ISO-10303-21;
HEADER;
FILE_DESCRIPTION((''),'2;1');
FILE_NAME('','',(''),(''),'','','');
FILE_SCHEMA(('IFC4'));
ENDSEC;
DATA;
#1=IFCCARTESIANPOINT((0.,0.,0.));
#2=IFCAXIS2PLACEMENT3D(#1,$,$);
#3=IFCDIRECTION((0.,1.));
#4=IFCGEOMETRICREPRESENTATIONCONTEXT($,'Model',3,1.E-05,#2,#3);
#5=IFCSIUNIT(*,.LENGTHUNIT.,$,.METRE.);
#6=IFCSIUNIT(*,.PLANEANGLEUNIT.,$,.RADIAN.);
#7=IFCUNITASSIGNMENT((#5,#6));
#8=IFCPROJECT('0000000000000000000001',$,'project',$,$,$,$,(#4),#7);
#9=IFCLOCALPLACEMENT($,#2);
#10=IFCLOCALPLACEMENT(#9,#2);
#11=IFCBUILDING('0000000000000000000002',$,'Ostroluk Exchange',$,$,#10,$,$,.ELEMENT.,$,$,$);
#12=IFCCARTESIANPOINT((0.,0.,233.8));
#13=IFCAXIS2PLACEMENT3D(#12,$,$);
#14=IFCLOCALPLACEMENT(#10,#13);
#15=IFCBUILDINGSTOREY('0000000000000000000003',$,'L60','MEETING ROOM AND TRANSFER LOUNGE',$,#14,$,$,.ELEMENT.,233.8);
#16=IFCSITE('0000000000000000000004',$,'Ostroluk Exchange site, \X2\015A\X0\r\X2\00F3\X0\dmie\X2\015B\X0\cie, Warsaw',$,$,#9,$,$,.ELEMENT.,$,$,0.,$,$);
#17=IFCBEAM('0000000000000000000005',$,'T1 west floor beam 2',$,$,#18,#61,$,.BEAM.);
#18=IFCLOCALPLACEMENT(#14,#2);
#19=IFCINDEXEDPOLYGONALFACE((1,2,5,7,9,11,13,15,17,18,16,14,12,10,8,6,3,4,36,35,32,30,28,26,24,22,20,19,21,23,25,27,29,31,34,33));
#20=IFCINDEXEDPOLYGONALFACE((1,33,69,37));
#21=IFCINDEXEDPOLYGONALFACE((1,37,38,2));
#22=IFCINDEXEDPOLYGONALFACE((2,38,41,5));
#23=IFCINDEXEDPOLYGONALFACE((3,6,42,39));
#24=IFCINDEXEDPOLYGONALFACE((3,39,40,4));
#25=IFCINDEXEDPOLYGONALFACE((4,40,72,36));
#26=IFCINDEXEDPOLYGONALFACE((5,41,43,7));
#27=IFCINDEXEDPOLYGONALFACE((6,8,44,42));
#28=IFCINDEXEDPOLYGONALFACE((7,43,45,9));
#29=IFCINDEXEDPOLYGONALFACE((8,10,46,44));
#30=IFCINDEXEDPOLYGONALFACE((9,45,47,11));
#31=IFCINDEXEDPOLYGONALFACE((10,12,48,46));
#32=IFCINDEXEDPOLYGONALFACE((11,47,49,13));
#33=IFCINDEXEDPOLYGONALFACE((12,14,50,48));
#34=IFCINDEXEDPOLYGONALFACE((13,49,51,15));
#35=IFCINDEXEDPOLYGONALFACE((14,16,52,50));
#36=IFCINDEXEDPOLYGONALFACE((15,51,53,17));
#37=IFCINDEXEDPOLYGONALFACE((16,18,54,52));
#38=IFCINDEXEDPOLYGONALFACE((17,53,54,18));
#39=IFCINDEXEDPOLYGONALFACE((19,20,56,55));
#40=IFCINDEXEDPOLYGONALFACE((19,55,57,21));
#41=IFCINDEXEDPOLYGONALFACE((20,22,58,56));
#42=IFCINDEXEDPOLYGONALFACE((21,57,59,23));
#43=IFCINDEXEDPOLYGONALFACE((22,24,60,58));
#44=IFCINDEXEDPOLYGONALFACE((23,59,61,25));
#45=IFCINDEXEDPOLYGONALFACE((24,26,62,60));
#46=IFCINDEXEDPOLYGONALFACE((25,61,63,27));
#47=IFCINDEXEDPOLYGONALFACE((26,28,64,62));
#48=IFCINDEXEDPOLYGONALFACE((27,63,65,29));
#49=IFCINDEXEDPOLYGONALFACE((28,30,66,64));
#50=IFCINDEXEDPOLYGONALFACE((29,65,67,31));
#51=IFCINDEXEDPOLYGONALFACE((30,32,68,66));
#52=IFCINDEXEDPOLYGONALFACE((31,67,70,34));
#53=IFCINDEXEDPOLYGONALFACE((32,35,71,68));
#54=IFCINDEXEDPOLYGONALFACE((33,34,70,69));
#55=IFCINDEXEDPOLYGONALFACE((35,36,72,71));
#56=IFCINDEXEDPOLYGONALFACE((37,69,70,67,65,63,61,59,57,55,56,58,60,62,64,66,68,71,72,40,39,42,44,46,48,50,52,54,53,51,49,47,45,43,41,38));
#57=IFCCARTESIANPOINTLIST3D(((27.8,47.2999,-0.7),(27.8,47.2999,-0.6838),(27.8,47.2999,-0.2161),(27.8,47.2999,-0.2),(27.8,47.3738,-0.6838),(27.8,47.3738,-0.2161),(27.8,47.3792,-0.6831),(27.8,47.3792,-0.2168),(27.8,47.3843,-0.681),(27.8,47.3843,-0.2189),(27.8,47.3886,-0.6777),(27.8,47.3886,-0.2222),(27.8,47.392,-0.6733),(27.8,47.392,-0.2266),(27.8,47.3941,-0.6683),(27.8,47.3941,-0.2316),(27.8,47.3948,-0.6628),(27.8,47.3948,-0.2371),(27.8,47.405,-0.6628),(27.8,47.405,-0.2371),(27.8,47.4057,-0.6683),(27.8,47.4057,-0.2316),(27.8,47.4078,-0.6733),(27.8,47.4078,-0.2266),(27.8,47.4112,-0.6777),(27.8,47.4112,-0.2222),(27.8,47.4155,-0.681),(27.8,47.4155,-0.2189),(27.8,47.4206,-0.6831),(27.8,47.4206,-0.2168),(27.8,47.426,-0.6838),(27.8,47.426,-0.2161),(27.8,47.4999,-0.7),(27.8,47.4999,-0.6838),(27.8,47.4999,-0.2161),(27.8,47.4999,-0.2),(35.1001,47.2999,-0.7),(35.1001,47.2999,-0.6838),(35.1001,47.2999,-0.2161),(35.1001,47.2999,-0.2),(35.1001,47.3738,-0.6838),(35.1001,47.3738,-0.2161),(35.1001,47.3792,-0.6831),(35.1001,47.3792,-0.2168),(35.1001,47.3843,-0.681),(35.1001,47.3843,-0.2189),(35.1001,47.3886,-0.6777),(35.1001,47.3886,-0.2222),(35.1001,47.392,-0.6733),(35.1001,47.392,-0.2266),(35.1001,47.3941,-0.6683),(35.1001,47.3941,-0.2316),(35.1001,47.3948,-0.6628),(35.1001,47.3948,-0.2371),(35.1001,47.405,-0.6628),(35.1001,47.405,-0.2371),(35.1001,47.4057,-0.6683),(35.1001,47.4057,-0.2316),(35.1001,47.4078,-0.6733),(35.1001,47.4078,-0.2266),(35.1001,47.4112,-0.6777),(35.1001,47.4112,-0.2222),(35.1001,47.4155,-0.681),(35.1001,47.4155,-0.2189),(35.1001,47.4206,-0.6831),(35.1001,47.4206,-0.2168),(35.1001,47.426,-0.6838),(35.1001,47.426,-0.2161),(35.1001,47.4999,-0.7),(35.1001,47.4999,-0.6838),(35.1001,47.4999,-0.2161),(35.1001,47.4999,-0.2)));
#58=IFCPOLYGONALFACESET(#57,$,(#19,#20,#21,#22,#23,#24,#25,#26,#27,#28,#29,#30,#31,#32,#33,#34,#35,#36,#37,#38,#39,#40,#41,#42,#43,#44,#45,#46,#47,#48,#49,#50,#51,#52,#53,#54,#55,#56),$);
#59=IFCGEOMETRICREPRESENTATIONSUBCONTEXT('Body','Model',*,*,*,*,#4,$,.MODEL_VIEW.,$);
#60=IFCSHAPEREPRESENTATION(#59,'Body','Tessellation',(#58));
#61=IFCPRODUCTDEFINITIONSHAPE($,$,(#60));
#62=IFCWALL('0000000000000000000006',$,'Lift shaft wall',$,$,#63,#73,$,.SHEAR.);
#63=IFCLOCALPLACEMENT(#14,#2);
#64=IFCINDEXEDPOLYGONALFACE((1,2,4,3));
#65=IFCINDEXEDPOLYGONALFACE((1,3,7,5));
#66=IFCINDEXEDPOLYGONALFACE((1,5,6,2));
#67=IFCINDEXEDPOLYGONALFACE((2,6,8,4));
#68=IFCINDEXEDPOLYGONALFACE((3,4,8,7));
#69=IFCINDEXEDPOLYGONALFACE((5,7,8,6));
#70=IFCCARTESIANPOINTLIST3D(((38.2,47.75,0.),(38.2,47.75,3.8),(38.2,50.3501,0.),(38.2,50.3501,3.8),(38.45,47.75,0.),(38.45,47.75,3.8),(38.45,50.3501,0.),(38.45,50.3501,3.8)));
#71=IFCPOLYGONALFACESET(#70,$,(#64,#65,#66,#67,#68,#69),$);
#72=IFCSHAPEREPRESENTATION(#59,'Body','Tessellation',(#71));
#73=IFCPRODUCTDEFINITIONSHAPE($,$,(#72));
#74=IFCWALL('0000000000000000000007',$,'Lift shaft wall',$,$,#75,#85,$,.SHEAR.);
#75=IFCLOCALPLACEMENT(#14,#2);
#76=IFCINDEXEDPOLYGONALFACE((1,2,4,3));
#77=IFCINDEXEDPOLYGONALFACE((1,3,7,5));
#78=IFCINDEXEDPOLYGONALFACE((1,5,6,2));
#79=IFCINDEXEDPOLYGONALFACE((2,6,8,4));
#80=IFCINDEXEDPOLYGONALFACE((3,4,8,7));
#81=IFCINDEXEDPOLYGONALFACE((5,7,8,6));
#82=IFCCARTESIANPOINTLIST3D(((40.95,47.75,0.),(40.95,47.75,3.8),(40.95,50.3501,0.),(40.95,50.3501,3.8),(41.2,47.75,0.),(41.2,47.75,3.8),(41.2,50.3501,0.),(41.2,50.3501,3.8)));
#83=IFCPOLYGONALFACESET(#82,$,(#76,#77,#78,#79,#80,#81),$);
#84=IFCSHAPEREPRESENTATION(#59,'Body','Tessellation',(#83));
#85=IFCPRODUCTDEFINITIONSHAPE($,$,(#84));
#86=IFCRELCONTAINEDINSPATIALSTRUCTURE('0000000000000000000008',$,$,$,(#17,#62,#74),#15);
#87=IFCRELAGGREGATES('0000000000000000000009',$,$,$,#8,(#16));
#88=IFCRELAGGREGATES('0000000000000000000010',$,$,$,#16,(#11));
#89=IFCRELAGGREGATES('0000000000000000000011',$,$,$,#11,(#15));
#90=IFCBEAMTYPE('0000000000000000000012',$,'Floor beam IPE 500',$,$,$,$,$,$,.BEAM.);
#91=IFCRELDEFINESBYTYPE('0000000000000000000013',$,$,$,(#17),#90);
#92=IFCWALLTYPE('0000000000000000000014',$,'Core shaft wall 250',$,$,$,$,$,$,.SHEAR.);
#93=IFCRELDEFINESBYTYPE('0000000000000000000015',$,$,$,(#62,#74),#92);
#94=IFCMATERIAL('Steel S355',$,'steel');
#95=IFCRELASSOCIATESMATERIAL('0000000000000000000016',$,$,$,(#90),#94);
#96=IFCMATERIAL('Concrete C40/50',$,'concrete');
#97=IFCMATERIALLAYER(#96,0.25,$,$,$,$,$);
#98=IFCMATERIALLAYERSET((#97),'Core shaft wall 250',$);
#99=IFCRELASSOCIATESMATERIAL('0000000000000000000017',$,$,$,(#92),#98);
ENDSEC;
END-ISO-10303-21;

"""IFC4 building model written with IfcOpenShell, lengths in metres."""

from ifc_helpers import new_model, si_unit, direction, frame, frame_2d, origin, origin_2d, place, context, subcontext, project, spatial, rectangle, i_section, extrude, material, layer, layer_set, material_profile, profile_set, type_object, element, save


model = new_model("IFC4")

# Units and contexts
model_context = context("Model", 3, precision=1e-05, world=origin(), true_north=direction((0.0, 1.0)))
body_context = subcontext(model_context, "Body", "Model", "MODEL_VIEW")
ifc_project = project(units=[si_unit("LENGTHUNIT", "METRE"), si_unit("PLANEANGLEUNIT", "RADIAN")], contexts=[model_context])

# Site, building, storey
site_placement = place(None, origin())
site = spatial("IfcSite", under=ifc_project, at=site_placement, Name="Ostroluk Exchange site, Śródmieście, Warsaw", CompositionType="ELEMENT", RefElevation=0.0)
building_placement = place(site_placement, origin())
building = spatial("IfcBuilding", under=site, at=building_placement, Name="Ostroluk Exchange", CompositionType="ELEMENT")
storey_placement = place(building_placement, frame((0.0, 0.0, 233.8)))
storey = spatial("IfcBuildingStorey", under=building, at=storey_placement, Name="L60", Description="MEETING ROOM AND TRANSFER LOUNGE", CompositionType="ELEMENT", Elevation=233.8)

# Beam
ifc_material_1 = material(Name="Steel S355", Category="steel")
ifc_material_profile = material_profile(ifc_material_1, i_section(OverallWidth=0.2, OverallDepth=0.5, WebThickness=0.0103, FlangeThickness=0.0161, FilletRadius=0.021, at=origin_2d()), Name="IPE 500")
ifc_profile_set = profile_set([ifc_material_profile], Name="Steel S355")
beam_type = type_object("IfcBeamType", Name="Floor beam IPE 500", PredefinedType="BEAM", material=ifc_profile_set)
beam_placement = place(storey_placement, frame((35.1001, 47.3999, -0.45), z_axis=(-1.0, 0.0, 0.0), x_axis=(0.0, -1.0, 0.0)))
element("IfcBeam", 1, at=beam_placement, inside=storey, type_object=beam_type, Name="T1 west floor beam 2", PredefinedType="BEAM", context=body_context, shape_type="SweptSolid", body=[
    extrude(i_section(OverallWidth=0.2, OverallDepth=0.5, WebThickness=0.0103, FlangeThickness=0.0161, FilletRadius=0.021, at=origin_2d()), origin(), (0.0, 0.0, 1.0), 7.3),
])

# Walls
ifc_material_2 = material(Name="Concrete C40/50", Category="concrete")
ifc_layer = layer(ifc_material_2, 0.25)
ifc_layer_set = layer_set([ifc_layer], Name="Core shaft wall 250")
wall_type = type_object("IfcWallType", Name="Core shaft wall 250", PredefinedType="SHEAR", material=ifc_layer_set)
for number, where, z_axis, x_axis, name in (
    (2, (38.325, 47.75, 0.0), (0.0, 0.0, 1.0), (0.0, 1.0, 0.0), "Lift shaft wall"),
    (3, (41.075, 47.75, 0.0), (0.0, 0.0, 1.0), (0.0, 1.0, 0.0), "Lift shaft wall"),
):
    element("IfcWall", number, at=place(storey_placement, frame(where, z_axis=z_axis, x_axis=x_axis)), inside=storey, type_object=wall_type, Name=name, PredefinedType="SHEAR", context=body_context, shape_type="SweptSolid", body=[
        extrude(rectangle(XDim=2.6001, YDim=0.25, at=frame_2d((1.3, 0.0))), origin(), (0.0, 0.0, 1.0), 3.8),
    ])

save(model, "model.ifc")
